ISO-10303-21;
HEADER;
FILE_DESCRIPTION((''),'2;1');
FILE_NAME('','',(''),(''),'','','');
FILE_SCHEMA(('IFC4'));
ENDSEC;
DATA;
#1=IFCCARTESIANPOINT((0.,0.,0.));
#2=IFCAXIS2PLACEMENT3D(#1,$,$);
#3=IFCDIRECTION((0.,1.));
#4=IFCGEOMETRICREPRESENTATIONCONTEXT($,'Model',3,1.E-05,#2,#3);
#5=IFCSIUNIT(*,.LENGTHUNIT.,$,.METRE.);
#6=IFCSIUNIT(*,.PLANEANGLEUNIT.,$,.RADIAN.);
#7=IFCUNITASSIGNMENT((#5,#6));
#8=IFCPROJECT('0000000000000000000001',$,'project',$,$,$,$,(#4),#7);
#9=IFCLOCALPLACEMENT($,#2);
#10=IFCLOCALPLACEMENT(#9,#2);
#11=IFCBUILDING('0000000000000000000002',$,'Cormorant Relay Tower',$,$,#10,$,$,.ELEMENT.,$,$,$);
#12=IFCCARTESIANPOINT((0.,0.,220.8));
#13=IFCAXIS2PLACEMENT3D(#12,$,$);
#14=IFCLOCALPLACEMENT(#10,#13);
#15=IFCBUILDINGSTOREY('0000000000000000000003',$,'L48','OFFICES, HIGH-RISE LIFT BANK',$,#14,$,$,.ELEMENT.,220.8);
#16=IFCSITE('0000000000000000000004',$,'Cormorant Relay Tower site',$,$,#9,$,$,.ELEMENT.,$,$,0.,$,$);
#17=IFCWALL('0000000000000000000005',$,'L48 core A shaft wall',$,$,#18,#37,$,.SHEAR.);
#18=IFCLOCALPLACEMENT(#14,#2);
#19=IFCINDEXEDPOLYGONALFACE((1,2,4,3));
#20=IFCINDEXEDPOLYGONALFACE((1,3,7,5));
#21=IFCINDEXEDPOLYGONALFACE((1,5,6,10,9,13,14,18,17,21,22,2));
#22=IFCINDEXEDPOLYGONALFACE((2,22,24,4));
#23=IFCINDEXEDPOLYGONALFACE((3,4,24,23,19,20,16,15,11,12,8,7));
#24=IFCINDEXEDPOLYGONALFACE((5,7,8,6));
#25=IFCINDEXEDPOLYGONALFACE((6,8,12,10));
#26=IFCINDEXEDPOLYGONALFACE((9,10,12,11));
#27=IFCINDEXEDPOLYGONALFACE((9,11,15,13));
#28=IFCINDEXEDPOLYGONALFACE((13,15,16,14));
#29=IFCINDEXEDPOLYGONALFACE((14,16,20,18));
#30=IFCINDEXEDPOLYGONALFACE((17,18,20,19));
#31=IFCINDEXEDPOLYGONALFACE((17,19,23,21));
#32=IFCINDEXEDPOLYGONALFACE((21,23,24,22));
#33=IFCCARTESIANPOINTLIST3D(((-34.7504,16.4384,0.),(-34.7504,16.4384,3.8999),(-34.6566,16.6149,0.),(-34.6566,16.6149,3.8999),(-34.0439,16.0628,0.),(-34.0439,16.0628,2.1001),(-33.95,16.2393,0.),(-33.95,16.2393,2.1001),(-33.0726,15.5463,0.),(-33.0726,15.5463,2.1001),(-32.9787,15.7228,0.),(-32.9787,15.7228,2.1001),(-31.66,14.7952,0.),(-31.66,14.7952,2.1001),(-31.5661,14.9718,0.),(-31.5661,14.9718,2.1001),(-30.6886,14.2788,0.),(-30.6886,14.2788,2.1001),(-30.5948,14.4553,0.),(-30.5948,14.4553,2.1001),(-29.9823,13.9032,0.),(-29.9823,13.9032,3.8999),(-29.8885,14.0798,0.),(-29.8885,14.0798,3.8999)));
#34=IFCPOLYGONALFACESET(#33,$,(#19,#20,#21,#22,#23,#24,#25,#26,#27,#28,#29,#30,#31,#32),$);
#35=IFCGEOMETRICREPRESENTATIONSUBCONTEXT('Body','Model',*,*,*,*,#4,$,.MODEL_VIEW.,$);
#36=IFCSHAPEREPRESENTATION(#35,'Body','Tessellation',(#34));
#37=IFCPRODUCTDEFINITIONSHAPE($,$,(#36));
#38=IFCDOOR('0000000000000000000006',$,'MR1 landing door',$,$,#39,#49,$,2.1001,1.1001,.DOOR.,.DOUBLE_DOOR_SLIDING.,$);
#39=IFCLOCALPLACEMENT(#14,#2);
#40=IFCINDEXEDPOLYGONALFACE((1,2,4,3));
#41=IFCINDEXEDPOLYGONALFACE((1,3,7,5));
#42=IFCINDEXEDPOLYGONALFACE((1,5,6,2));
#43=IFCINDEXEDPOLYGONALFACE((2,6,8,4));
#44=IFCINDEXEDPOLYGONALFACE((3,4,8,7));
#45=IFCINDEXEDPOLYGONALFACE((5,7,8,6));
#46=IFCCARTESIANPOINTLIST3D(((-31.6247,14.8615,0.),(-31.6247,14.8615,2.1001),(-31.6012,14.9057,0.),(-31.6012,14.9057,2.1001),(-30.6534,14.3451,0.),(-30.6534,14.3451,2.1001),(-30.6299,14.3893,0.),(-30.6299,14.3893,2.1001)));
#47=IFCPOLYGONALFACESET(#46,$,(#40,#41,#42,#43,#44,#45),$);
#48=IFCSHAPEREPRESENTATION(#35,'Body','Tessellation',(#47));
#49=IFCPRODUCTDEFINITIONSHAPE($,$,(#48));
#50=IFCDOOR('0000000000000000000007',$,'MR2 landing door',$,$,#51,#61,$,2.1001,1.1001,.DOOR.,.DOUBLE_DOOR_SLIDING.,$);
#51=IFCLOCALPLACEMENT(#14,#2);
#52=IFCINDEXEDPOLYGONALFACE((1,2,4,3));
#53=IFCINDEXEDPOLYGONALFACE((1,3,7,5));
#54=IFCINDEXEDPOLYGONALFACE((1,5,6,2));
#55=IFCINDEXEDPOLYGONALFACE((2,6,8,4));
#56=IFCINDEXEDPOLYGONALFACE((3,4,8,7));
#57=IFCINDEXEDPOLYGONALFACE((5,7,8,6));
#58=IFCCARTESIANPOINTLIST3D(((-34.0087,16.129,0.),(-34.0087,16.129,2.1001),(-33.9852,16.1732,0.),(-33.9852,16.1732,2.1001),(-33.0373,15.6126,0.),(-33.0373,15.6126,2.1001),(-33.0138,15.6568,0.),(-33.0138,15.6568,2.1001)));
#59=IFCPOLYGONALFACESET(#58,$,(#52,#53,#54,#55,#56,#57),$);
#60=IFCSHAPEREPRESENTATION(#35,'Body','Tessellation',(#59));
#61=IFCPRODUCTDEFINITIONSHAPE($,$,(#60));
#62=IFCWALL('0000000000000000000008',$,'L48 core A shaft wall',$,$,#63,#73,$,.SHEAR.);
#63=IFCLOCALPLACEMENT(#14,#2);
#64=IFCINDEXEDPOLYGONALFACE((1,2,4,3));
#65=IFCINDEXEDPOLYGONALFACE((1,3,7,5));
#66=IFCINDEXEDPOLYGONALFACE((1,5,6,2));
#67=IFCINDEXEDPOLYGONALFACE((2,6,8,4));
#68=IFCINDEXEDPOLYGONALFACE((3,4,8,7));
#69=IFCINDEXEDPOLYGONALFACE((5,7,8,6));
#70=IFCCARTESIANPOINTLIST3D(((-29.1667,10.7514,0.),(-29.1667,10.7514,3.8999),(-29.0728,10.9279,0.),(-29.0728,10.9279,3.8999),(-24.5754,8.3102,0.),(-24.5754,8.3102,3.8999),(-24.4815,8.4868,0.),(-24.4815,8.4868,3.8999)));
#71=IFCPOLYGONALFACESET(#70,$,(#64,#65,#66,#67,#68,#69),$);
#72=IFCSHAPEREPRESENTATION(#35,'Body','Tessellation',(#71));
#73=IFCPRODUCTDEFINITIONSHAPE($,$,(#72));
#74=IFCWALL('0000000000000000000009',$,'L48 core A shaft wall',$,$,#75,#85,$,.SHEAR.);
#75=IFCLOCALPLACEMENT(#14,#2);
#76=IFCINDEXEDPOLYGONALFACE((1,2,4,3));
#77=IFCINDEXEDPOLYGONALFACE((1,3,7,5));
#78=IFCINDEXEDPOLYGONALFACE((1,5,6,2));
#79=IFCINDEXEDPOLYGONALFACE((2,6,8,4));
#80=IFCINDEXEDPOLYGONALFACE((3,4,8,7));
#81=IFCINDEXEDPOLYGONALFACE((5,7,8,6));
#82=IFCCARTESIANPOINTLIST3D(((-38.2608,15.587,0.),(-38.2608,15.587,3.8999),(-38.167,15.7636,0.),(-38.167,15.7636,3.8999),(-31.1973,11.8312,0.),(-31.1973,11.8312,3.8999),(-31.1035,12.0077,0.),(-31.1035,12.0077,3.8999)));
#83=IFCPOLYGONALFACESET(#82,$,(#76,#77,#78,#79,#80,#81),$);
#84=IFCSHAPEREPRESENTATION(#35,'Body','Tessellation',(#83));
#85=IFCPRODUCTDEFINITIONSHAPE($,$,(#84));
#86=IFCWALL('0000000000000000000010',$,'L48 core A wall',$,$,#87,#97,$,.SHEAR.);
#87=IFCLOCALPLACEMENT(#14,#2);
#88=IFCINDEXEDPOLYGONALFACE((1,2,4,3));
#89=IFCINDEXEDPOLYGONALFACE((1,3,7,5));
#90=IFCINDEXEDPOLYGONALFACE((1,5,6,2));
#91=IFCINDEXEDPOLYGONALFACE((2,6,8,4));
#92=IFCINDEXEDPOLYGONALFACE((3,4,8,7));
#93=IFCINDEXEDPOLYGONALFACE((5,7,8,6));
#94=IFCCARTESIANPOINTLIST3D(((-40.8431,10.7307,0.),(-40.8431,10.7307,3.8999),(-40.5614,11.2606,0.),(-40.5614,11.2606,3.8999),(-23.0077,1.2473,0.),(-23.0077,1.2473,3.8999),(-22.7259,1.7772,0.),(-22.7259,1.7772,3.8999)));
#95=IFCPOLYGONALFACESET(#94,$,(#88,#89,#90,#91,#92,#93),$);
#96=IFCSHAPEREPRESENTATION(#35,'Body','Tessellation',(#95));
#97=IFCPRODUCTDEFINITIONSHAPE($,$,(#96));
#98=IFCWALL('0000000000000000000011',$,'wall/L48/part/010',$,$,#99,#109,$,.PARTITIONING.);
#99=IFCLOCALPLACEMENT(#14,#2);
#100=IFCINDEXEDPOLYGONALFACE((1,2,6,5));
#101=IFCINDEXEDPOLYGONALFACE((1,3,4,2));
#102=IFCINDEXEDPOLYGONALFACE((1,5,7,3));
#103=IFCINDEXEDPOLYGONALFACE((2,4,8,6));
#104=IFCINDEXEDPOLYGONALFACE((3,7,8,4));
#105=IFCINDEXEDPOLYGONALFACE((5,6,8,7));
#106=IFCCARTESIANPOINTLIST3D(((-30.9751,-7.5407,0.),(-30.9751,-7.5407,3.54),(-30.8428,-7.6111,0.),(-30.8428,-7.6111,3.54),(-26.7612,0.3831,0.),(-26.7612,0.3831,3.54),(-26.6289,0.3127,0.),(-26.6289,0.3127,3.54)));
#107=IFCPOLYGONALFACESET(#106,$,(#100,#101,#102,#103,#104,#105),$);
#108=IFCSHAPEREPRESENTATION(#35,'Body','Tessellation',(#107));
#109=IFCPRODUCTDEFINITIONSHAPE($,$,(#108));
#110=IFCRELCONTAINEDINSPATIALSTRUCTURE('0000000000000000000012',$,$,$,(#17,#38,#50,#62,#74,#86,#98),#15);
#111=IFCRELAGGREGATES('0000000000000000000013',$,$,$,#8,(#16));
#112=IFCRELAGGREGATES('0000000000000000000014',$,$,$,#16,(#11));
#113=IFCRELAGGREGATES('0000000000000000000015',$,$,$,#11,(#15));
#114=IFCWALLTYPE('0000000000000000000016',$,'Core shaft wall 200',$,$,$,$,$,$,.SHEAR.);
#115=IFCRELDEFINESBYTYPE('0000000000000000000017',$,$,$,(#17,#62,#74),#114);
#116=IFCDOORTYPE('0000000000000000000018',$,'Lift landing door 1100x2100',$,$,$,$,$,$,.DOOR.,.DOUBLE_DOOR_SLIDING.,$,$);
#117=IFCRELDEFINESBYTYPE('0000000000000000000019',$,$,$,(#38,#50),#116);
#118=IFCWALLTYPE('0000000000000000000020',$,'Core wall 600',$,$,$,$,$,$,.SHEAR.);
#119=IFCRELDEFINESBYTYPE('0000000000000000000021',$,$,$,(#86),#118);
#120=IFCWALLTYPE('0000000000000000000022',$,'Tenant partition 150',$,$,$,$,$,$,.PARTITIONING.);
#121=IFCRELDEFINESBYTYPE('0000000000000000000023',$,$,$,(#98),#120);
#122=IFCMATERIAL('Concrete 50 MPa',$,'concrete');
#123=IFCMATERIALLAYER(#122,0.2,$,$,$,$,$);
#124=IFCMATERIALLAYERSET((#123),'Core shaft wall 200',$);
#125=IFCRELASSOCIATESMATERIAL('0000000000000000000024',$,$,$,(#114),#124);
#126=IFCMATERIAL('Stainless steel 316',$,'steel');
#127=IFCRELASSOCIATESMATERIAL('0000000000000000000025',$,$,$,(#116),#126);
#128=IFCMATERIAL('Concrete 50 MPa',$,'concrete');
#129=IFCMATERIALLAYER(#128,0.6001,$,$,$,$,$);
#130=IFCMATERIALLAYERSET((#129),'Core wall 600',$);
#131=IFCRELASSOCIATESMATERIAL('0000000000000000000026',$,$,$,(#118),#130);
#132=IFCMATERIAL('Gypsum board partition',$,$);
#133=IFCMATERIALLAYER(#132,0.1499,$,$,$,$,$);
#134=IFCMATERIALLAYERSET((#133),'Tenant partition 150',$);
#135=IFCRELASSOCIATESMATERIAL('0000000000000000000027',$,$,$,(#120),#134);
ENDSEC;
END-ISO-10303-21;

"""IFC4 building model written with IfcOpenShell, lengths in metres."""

from ifc_helpers import new_model, si_unit, direction, frame, frame_2d, origin, place, context, subcontext, project, spatial, rectangle, extrude, material, layer, layer_set, type_object, element, fill, save


model = new_model("IFC4")

# Units and contexts
model_context = context("Model", 3, precision=1e-05, world=origin(), true_north=direction((0.0, 1.0)))
body_context = subcontext(model_context, "Body", "Model", "MODEL_VIEW")
ifc_project = project(units=[si_unit("LENGTHUNIT", "METRE"), si_unit("PLANEANGLEUNIT", "RADIAN")], contexts=[model_context])

# Site, building, storey
site_placement = place(None, origin())
site = spatial("IfcSite", under=ifc_project, at=site_placement, Name="Cormorant Relay Tower site", CompositionType="ELEMENT", RefElevation=0.0)
building_placement = place(site_placement, origin())
building = spatial("IfcBuilding", under=site, at=building_placement, Name="Cormorant Relay Tower", CompositionType="ELEMENT")
storey_placement = place(building_placement, frame((0.0, 0.0, 220.8)))
storey = spatial("IfcBuildingStorey", under=building, at=storey_placement, Name="L48", Description="OFFICES, HIGH-RISE LIFT BANK", CompositionType="ELEMENT", Elevation=220.8)

# Shared definitions
ifc_material_1 = material(Name="Concrete 50 MPa", Category="concrete")
ifc_layer_1 = layer(ifc_material_1, 0.2)
ifc_layer_set_1 = layer_set([ifc_layer_1], Name="Core shaft wall 200")
wall_type_1 = type_object("IfcWallType", Name="Core shaft wall 200", PredefinedType="SHEAR", material=ifc_layer_set_1)

# Wall, openings, doors
wall_1_placement = place(storey_placement, frame((-29.9353, 13.9915, 0.0), z_axis=(0.0, 0.0, 1.0), x_axis=(-0.882953, 0.469462, 0.0)))
wall_1 = element("IfcWall", 1, at=wall_1_placement, inside=storey, type_object=wall_type_1, Name="L48 core A shaft wall", PredefinedType="SHEAR", context=body_context, shape_type="SweptSolid", body=[
    extrude(rectangle(XDim=5.4001, YDim=0.2, at=frame_2d((2.7002, 0.0))), origin(), (0.0, 0.0, 1.0), 3.8999),
])
opening_1_placement = place(wall_1_placement, frame((0.8, 0.0, 0.0)))
opening_1 = element("IfcOpeningElement", 2, at=opening_1_placement, cuts=wall_1, PredefinedType="OPENING", context=body_context, shape_type="SweptSolid", body=[
    extrude(rectangle(XDim=1.1001, YDim=2.1001, at=frame_2d((0.55, 1.05))), frame((0.0, 0.1099, 0.0), z_axis=(0.0, -1.0, 0.0), x_axis=(1.0, 0.0, 0.0)), (0.0, 0.0, 1.0), 0.22),
])
opening_2_placement = place(wall_1_placement, frame((3.5, 0.0, 0.0)))
opening_2 = element("IfcOpeningElement", 3, at=opening_2_placement, cuts=wall_1, PredefinedType="OPENING", context=body_context, shape_type="SweptSolid", body=[
    extrude(rectangle(XDim=1.1001, YDim=2.1001, at=frame_2d((0.55, 1.05))), frame((0.0, 0.1099, 0.0), z_axis=(0.0, -1.0, 0.0), x_axis=(1.0, 0.0, 0.0)), (0.0, 0.0, 1.0), 0.22),
])
ifc_material_2 = material(Name="Stainless steel 316", Category="steel")
door_type_1 = type_object("IfcDoorType", Name="Lift landing door 1100x2100", OperationType="DOUBLE_DOOR_SLIDING", PredefinedType="DOOR", material=ifc_material_2)
door_1_placement = place(opening_1_placement, origin())
door_1 = element("IfcDoor", 4, at=door_1_placement, inside=storey, type_object=door_type_1, Name="MR1 landing door", OperationType="DOUBLE_DOOR_SLIDING", OverallHeight=2.1001, OverallWidth=1.1001, PredefinedType="DOOR", context=body_context, shape_type="SweptSolid", body=[
    extrude(rectangle(XDim=1.1001, YDim=2.1001, at=frame_2d((0.55, 1.05))), frame((0.0, 0.0249, 0.0), z_axis=(0.0, -1.0, 0.0), x_axis=(1.0, 0.0, 0.0)), (0.0, 0.0, 1.0), 0.05),
])
fill(opening_1, door_1)
door_2_placement = place(opening_2_placement, origin())
door_2 = element("IfcDoor", 5, at=door_2_placement, inside=storey, type_object=door_type_1, Name="MR2 landing door", OperationType="DOUBLE_DOOR_SLIDING", OverallHeight=2.1001, OverallWidth=1.1001, PredefinedType="DOOR", context=body_context, shape_type="SweptSolid", body=[
    extrude(rectangle(XDim=1.1001, YDim=2.1001, at=frame_2d((0.55, 1.05))), frame((0.0, 0.0249, 0.0), z_axis=(0.0, -1.0, 0.0), x_axis=(1.0, 0.0, 0.0)), (0.0, 0.0, 1.0), 0.05),
])
fill(opening_2, door_2)

# Walls
wall_2_placement = place(storey_placement, frame((-24.5283, 8.3984, 0.0), z_axis=(0.0, 0.0, 1.0), x_axis=(-0.882954, 0.46946, 0.0)))
element("IfcWall", 6, at=wall_2_placement, inside=storey, type_object=wall_type_1, Name="L48 core A shaft wall", PredefinedType="SHEAR", context=body_context, shape_type="SweptSolid", body=[
    extrude(rectangle(XDim=5.2, YDim=0.2, at=frame_2d((2.6001, 0.0))), origin(), (0.0, 0.0, 1.0), 3.8999),
])
wall_3_placement = place(storey_placement, frame((-31.1504, 11.9194, 0.0), z_axis=(0.0, 0.0, 1.0), x_axis=(-0.88294, 0.469485, 0.0)))
element("IfcWall", 7, at=wall_3_placement, inside=storey, type_object=wall_type_1, Name="L48 core A shaft wall", PredefinedType="SHEAR", context=body_context, shape_type="SweptSolid", body=[
    extrude(rectangle(XDim=8.0, YDim=0.2, at=frame_2d((4.0, 0.0))), origin(), (0.0, 0.0, 1.0), 3.8999),
])
ifc_material_3 = material(Name="Concrete 50 MPa", Category="concrete")
ifc_layer_2 = layer(ifc_material_3, 0.6001)
ifc_layer_set_2 = layer_set([ifc_layer_2], Name="Core wall 600")
wall_type_2 = type_object("IfcWallType", Name="Core wall 600", PredefinedType="SHEAR", material=ifc_layer_set_2)
wall_4_placement = place(storey_placement, frame((-22.8667, 1.5122, 0.0), z_axis=(0.0, 0.0, 1.0), x_axis=(-0.882945, 0.469476, 0.0)))
element("IfcWall", 8, at=wall_4_placement, inside=storey, type_object=wall_type_2, Name="L48 core A wall", PredefinedType="SHEAR", context=body_context, shape_type="SweptSolid", body=[
    extrude(rectangle(XDim=20.2, YDim=0.6001, at=frame_2d((10.1001, 0.0))), origin(), (0.0, 0.0, 1.0), 3.8999),
])
ifc_material_4 = material(Name="Gypsum board partition")
ifc_layer_3 = layer(ifc_material_4, 0.1499)
ifc_layer_set_3 = layer_set([ifc_layer_3], Name="Tenant partition 150")
wall_type_3 = type_object("IfcWallType", Name="Tenant partition 150", PredefinedType="PARTITIONING", material=ifc_layer_set_3)
wall_5_placement = place(storey_placement, frame((-26.6951, 0.3479, 0.0), z_axis=(0.0, 0.0, 1.0), x_axis=(-0.469532, -0.882916, 0.0)))
element("IfcWall", 9, at=wall_5_placement, inside=storey, type_object=wall_type_3, Name="wall/L48/part/010", PredefinedType="PARTITIONING", context=body_context, shape_type="SweptSolid", body=[
    extrude(rectangle(XDim=8.9746, YDim=0.1499, at=frame_2d((4.4873, 0.0))), origin(), (0.0, 0.0, 1.0), 3.54),
])

save(model, "model.ifc")
